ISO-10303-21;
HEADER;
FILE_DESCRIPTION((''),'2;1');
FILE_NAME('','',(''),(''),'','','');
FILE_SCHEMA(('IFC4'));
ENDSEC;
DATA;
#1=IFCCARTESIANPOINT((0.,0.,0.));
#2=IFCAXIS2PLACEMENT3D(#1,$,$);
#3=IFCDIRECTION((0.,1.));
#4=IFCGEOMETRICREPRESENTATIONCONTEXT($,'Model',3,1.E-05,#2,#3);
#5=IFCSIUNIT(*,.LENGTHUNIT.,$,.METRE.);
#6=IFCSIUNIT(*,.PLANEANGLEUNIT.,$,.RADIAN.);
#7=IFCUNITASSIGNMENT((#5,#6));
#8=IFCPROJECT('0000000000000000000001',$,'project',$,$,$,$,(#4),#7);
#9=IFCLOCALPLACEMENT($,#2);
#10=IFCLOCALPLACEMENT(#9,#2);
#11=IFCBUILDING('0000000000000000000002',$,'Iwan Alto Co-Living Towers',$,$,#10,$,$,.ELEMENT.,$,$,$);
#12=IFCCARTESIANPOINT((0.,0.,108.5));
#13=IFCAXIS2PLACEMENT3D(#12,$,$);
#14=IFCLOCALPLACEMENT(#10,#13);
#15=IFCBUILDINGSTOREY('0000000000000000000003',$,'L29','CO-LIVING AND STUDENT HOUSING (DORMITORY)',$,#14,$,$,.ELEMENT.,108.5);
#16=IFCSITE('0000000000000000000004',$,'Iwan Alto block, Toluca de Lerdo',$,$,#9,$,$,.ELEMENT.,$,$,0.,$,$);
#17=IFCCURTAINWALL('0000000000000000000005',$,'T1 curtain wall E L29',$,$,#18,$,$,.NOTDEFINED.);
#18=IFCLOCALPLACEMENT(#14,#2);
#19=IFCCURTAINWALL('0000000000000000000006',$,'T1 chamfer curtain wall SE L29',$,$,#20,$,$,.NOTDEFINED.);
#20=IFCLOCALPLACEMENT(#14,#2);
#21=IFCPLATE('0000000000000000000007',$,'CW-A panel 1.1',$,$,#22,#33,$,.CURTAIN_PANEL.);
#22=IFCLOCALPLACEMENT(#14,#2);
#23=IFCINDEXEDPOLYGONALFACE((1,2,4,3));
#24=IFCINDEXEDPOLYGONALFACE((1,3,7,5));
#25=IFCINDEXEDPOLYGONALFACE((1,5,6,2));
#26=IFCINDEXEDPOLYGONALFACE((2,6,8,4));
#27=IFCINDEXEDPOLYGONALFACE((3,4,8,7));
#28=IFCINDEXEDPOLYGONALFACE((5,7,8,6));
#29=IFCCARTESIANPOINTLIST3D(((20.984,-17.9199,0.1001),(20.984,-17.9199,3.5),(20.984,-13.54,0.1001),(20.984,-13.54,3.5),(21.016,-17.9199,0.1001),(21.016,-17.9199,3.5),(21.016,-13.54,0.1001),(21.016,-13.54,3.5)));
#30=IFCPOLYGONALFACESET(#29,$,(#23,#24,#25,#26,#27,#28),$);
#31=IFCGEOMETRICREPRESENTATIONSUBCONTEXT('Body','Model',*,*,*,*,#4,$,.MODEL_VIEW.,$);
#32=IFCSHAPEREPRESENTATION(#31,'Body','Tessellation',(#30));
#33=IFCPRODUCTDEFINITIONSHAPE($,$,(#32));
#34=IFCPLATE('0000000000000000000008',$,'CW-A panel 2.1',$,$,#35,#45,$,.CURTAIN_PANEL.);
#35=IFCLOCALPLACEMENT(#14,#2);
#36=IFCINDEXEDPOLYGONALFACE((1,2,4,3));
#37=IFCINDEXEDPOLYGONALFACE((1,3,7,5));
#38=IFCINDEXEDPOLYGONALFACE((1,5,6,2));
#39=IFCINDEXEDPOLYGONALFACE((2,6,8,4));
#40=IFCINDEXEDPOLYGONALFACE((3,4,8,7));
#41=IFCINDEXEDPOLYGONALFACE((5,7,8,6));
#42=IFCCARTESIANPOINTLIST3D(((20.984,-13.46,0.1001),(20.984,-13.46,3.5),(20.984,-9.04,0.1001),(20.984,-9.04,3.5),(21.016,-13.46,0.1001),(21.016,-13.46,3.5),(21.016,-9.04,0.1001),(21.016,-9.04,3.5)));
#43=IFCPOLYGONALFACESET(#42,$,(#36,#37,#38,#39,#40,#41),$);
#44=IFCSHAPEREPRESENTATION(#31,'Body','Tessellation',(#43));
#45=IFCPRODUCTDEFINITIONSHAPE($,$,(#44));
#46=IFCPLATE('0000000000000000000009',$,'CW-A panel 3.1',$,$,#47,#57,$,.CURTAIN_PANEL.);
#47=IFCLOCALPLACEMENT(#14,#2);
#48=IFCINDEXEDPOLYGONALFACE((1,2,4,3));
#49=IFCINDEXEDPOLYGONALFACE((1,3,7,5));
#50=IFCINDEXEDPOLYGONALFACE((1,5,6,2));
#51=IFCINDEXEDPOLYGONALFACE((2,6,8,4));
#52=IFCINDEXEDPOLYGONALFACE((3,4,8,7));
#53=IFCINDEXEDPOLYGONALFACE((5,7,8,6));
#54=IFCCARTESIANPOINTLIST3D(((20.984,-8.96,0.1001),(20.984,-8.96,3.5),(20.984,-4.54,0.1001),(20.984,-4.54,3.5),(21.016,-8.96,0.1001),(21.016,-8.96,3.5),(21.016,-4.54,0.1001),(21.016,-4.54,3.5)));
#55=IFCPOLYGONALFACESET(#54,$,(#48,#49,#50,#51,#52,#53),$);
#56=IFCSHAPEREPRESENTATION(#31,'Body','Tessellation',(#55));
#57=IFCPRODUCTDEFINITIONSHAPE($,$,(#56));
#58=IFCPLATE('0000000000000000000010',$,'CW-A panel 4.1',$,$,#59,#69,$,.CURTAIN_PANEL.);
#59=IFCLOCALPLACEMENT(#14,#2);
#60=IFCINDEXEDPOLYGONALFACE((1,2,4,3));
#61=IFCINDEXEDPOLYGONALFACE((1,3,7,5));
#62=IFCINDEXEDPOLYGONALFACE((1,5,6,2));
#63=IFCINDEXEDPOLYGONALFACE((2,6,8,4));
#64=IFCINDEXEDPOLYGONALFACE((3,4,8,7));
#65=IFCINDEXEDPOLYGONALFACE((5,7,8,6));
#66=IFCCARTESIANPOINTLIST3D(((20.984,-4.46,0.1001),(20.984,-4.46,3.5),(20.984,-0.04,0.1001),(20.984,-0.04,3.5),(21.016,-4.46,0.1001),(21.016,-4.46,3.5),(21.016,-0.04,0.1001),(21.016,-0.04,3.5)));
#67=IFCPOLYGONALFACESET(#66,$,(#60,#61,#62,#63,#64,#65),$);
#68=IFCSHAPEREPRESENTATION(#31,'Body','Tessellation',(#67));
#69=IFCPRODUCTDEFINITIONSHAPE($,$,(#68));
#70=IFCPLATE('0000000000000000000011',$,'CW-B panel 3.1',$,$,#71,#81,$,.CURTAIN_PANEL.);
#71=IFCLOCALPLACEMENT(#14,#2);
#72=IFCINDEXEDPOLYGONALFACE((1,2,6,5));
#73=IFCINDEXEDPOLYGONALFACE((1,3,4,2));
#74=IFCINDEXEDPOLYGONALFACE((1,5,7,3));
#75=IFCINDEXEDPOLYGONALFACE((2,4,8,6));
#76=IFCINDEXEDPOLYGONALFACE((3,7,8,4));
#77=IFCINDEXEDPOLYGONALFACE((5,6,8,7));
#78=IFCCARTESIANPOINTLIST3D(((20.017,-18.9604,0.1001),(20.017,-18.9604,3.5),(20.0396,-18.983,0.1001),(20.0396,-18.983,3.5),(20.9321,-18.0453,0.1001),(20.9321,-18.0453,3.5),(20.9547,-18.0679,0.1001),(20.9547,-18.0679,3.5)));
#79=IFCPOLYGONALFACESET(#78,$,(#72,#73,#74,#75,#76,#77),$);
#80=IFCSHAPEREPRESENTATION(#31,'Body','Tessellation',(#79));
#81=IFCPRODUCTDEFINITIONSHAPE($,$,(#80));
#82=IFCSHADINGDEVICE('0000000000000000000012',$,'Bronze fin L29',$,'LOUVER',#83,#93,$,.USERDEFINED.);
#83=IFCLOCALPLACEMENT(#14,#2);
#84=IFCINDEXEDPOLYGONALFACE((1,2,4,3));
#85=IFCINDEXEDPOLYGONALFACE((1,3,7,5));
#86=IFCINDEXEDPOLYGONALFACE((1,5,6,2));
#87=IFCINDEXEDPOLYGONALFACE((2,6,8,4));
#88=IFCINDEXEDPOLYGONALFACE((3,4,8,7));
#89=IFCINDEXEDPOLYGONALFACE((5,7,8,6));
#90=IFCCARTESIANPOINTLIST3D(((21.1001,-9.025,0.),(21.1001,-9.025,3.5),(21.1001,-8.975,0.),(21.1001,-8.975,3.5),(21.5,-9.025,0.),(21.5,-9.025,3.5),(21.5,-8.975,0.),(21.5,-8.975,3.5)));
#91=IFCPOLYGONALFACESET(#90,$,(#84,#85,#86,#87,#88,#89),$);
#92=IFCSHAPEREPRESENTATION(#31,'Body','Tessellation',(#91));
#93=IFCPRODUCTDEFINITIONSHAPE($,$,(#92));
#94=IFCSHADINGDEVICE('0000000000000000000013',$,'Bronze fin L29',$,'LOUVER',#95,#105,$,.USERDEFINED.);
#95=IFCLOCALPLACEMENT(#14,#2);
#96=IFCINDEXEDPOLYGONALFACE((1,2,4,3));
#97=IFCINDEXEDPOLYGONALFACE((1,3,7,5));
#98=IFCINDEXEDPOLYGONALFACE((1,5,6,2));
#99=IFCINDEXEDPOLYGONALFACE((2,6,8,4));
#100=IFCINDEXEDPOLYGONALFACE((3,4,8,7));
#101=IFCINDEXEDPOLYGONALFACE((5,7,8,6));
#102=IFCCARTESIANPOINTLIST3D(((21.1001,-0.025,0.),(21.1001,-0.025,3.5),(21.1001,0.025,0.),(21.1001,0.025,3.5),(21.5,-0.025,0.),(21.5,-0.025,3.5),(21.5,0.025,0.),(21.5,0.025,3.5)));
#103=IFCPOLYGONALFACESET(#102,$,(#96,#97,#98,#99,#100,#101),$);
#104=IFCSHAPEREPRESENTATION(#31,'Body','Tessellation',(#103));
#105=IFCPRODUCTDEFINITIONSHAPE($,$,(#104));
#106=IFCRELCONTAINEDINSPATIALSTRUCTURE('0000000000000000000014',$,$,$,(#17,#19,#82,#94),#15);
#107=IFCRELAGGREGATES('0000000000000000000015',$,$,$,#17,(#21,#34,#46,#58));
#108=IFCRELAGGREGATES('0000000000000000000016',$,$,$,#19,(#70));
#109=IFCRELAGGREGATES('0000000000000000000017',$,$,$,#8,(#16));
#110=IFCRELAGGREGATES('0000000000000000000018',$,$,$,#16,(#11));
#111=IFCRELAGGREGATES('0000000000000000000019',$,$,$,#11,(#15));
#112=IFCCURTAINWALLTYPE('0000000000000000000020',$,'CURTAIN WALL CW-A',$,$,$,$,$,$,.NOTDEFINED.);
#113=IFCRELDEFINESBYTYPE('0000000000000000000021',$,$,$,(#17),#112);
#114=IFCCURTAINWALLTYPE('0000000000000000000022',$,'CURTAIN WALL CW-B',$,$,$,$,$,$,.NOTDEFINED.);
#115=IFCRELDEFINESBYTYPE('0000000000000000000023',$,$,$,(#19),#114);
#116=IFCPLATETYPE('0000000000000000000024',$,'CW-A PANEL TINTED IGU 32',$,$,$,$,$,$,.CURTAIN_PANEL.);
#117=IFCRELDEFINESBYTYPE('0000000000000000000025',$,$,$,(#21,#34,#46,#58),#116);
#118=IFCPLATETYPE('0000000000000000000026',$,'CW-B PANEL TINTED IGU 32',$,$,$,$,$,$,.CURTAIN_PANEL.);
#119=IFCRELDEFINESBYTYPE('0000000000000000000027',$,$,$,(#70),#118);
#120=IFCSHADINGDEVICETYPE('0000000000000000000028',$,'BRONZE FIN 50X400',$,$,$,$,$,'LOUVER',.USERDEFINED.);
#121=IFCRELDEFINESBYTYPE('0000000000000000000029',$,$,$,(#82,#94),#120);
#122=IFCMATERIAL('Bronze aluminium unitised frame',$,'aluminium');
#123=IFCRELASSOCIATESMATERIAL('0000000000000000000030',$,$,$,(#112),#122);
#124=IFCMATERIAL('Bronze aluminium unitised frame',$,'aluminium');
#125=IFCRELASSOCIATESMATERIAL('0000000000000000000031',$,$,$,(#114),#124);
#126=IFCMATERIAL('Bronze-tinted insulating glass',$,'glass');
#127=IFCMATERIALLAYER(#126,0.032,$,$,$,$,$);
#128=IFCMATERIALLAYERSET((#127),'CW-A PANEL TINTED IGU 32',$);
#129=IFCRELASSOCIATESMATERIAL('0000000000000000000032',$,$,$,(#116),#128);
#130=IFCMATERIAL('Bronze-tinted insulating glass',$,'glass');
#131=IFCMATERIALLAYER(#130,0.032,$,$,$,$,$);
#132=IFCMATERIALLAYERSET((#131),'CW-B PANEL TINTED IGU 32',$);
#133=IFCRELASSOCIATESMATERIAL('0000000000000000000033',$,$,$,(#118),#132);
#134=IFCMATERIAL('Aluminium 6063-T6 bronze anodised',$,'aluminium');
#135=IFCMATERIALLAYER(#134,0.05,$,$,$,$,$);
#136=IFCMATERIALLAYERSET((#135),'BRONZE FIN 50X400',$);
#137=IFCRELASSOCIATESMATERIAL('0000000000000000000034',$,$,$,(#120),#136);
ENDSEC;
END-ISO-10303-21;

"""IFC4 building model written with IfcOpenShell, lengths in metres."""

from ifc_helpers import new_model, si_unit, direction, frame, origin, origin_2d, place, context, subcontext, project, spatial, rectangle, extrude, material, layer, layer_set, type_object, element, aggregate, save


model = new_model("IFC4")

# Units and contexts
model_context = context("Model", 3, precision=1e-05, world=origin(), true_north=direction((0.0, 1.0)))
body_context = subcontext(model_context, "Body", "Model", "MODEL_VIEW")
ifc_project = project(units=[si_unit("LENGTHUNIT", "METRE"), si_unit("PLANEANGLEUNIT", "RADIAN")], contexts=[model_context])

# Site, building, storey
site_placement = place(None, origin())
site = spatial("IfcSite", under=ifc_project, at=site_placement, Name="Iwan Alto block, Toluca de Lerdo", CompositionType="ELEMENT", RefElevation=0.0)
building_placement = place(site_placement, origin())
building = spatial("IfcBuilding", under=site, at=building_placement, Name="Iwan Alto Co-Living Towers", CompositionType="ELEMENT")
storey_placement = place(building_placement, frame((0.0, 0.0, 108.5)))
storey = spatial("IfcBuildingStorey", under=building, at=storey_placement, Name="L29", Description="CO-LIVING AND STUDENT HOUSING (DORMITORY)", CompositionType="ELEMENT", Elevation=108.5)

# Curtain wall
ifc_material_1 = material(Name="Bronze aluminium unitised frame", Category="aluminium")
curtain_wall_type_1 = type_object("IfcCurtainWallType", Name="CURTAIN WALL CW-A", PredefinedType="NOTDEFINED", material=ifc_material_1)
curtain_wall_1_placement = place(storey_placement, origin())
curtain_wall_1 = element("IfcCurtainWall", 1, at=curtain_wall_1_placement, inside=storey, type_object=curtain_wall_type_1, Name="T1 curtain wall E L29", PredefinedType="NOTDEFINED")

# Curtain wall
ifc_material_2 = material(Name="Bronze aluminium unitised frame", Category="aluminium")
curtain_wall_type_2 = type_object("IfcCurtainWallType", Name="CURTAIN WALL CW-B", PredefinedType="NOTDEFINED", material=ifc_material_2)
curtain_wall_2_placement = place(storey_placement, origin())
curtain_wall_2 = element("IfcCurtainWall", 2, at=curtain_wall_2_placement, inside=storey, type_object=curtain_wall_type_2, Name="T1 chamfer curtain wall SE L29", PredefinedType="NOTDEFINED")

# Plates
ifc_material_3 = material(Name="Bronze-tinted insulating glass", Category="glass")
ifc_layer_1 = layer(ifc_material_3, 0.032)
ifc_layer_set_1 = layer_set([ifc_layer_1], Name="CW-A PANEL TINTED IGU 32")
plate_type_1 = type_object("IfcPlateType", Name="CW-A PANEL TINTED IGU 32", PredefinedType="CURTAIN_PANEL", material=ifc_layer_set_1)
plate_1_placement = place(storey_placement, frame((21.0, -15.73, 0.1001), z_axis=(0.0, 0.0, 1.0), x_axis=(0.0, 1.0, 0.0)))
plate_1 = element("IfcPlate", 3, at=plate_1_placement, type_object=plate_type_1, Name="CW-A panel 1.1", PredefinedType="CURTAIN_PANEL", context=body_context, shape_type="SweptSolid", body=[
    extrude(rectangle(XDim=4.3799, YDim=0.032, at=origin_2d()), origin(), (0.0, 0.0, 1.0), 3.3999),
])
plate_2_placement = place(storey_placement, frame((21.0, -11.25, 0.1001), z_axis=(0.0, 0.0, 1.0), x_axis=(0.0, 1.0, 0.0)))
plate_2 = element("IfcPlate", 4, at=plate_2_placement, type_object=plate_type_1, Name="CW-A panel 2.1", PredefinedType="CURTAIN_PANEL", context=body_context, shape_type="SweptSolid", body=[
    extrude(rectangle(XDim=4.4199, YDim=0.032, at=origin_2d()), origin(), (0.0, 0.0, 1.0), 3.3999),
])
plate_3_placement = place(storey_placement, frame((21.0, -6.75, 0.1001), z_axis=(0.0, 0.0, 1.0), x_axis=(0.0, 1.0, 0.0)))
plate_3 = element("IfcPlate", 5, at=plate_3_placement, type_object=plate_type_1, Name="CW-A panel 3.1", PredefinedType="CURTAIN_PANEL", context=body_context, shape_type="SweptSolid", body=[
    extrude(rectangle(XDim=4.4199, YDim=0.032, at=origin_2d()), origin(), (0.0, 0.0, 1.0), 3.3999),
])
plate_4_placement = place(storey_placement, frame((21.0, -2.25, 0.1001), z_axis=(0.0, 0.0, 1.0), x_axis=(0.0, 1.0, 0.0)))
plate_4 = element("IfcPlate", 6, at=plate_4_placement, type_object=plate_type_1, Name="CW-A panel 4.1", PredefinedType="CURTAIN_PANEL", context=body_context, shape_type="SweptSolid", body=[
    extrude(rectangle(XDim=4.4199, YDim=0.032, at=origin_2d()), origin(), (0.0, 0.0, 1.0), 3.3999),
])
aggregate(curtain_wall_1, [plate_1, plate_2, plate_3, plate_4])
ifc_material_4 = material(Name="Bronze-tinted insulating glass", Category="glass")
ifc_layer_2 = layer(ifc_material_4, 0.032)
ifc_layer_set_2 = layer_set([ifc_layer_2], Name="CW-B PANEL TINTED IGU 32")
plate_type_2 = type_object("IfcPlateType", Name="CW-B PANEL TINTED IGU 32", PredefinedType="CURTAIN_PANEL", material=ifc_layer_set_2)
plate_5_placement = place(storey_placement, frame((20.4858, -18.5142, 0.1001), z_axis=(0.0, 0.0, 1.0), x_axis=(0.707107, 0.707107, 0.0)))
plate_5 = element("IfcPlate", 7, at=plate_5_placement, type_object=plate_type_2, Name="CW-B panel 3.1", PredefinedType="CURTAIN_PANEL", context=body_context, shape_type="SweptSolid", body=[
    extrude(rectangle(XDim=1.2942, YDim=0.032, at=origin_2d()), origin(), (0.0, 0.0, 1.0), 3.3999),
])
aggregate(curtain_wall_2, [plate_5])

# Shading devices
ifc_material_5 = material(Name="Aluminium 6063-T6 bronze anodised", Category="aluminium")
ifc_layer_3 = layer(ifc_material_5, 0.05)
ifc_layer_set_3 = layer_set([ifc_layer_3], Name="BRONZE FIN 50X400")
shading_device_type = type_object("IfcShadingDeviceType", Name="BRONZE FIN 50X400", ElementType="LOUVER", PredefinedType="USERDEFINED", material=ifc_layer_set_3)
for number, where, z_axis, x_axis, name in (
    (8, (21.3, -9.0, 0.0), (0.0, 0.0, 1.0), (0.0, 1.0, 0.0), "Bronze fin L29"),
    (9, (21.3, 0.0, 0.0), (0.0, 0.0, 1.0), (0.0, 1.0, 0.0), "Bronze fin L29"),
):
    element("IfcShadingDevice", number, at=place(storey_placement, frame(where, z_axis=z_axis, x_axis=x_axis)), inside=storey, type_object=shading_device_type, Name=name, ObjectType="LOUVER", PredefinedType="USERDEFINED", context=body_context, shape_type="SweptSolid", body=[
        extrude(rectangle(XDim=0.05, YDim=0.3999, at=origin_2d()), origin(), (0.0, 0.0, 1.0), 3.5),
    ])

save(model, "model.ifc")
